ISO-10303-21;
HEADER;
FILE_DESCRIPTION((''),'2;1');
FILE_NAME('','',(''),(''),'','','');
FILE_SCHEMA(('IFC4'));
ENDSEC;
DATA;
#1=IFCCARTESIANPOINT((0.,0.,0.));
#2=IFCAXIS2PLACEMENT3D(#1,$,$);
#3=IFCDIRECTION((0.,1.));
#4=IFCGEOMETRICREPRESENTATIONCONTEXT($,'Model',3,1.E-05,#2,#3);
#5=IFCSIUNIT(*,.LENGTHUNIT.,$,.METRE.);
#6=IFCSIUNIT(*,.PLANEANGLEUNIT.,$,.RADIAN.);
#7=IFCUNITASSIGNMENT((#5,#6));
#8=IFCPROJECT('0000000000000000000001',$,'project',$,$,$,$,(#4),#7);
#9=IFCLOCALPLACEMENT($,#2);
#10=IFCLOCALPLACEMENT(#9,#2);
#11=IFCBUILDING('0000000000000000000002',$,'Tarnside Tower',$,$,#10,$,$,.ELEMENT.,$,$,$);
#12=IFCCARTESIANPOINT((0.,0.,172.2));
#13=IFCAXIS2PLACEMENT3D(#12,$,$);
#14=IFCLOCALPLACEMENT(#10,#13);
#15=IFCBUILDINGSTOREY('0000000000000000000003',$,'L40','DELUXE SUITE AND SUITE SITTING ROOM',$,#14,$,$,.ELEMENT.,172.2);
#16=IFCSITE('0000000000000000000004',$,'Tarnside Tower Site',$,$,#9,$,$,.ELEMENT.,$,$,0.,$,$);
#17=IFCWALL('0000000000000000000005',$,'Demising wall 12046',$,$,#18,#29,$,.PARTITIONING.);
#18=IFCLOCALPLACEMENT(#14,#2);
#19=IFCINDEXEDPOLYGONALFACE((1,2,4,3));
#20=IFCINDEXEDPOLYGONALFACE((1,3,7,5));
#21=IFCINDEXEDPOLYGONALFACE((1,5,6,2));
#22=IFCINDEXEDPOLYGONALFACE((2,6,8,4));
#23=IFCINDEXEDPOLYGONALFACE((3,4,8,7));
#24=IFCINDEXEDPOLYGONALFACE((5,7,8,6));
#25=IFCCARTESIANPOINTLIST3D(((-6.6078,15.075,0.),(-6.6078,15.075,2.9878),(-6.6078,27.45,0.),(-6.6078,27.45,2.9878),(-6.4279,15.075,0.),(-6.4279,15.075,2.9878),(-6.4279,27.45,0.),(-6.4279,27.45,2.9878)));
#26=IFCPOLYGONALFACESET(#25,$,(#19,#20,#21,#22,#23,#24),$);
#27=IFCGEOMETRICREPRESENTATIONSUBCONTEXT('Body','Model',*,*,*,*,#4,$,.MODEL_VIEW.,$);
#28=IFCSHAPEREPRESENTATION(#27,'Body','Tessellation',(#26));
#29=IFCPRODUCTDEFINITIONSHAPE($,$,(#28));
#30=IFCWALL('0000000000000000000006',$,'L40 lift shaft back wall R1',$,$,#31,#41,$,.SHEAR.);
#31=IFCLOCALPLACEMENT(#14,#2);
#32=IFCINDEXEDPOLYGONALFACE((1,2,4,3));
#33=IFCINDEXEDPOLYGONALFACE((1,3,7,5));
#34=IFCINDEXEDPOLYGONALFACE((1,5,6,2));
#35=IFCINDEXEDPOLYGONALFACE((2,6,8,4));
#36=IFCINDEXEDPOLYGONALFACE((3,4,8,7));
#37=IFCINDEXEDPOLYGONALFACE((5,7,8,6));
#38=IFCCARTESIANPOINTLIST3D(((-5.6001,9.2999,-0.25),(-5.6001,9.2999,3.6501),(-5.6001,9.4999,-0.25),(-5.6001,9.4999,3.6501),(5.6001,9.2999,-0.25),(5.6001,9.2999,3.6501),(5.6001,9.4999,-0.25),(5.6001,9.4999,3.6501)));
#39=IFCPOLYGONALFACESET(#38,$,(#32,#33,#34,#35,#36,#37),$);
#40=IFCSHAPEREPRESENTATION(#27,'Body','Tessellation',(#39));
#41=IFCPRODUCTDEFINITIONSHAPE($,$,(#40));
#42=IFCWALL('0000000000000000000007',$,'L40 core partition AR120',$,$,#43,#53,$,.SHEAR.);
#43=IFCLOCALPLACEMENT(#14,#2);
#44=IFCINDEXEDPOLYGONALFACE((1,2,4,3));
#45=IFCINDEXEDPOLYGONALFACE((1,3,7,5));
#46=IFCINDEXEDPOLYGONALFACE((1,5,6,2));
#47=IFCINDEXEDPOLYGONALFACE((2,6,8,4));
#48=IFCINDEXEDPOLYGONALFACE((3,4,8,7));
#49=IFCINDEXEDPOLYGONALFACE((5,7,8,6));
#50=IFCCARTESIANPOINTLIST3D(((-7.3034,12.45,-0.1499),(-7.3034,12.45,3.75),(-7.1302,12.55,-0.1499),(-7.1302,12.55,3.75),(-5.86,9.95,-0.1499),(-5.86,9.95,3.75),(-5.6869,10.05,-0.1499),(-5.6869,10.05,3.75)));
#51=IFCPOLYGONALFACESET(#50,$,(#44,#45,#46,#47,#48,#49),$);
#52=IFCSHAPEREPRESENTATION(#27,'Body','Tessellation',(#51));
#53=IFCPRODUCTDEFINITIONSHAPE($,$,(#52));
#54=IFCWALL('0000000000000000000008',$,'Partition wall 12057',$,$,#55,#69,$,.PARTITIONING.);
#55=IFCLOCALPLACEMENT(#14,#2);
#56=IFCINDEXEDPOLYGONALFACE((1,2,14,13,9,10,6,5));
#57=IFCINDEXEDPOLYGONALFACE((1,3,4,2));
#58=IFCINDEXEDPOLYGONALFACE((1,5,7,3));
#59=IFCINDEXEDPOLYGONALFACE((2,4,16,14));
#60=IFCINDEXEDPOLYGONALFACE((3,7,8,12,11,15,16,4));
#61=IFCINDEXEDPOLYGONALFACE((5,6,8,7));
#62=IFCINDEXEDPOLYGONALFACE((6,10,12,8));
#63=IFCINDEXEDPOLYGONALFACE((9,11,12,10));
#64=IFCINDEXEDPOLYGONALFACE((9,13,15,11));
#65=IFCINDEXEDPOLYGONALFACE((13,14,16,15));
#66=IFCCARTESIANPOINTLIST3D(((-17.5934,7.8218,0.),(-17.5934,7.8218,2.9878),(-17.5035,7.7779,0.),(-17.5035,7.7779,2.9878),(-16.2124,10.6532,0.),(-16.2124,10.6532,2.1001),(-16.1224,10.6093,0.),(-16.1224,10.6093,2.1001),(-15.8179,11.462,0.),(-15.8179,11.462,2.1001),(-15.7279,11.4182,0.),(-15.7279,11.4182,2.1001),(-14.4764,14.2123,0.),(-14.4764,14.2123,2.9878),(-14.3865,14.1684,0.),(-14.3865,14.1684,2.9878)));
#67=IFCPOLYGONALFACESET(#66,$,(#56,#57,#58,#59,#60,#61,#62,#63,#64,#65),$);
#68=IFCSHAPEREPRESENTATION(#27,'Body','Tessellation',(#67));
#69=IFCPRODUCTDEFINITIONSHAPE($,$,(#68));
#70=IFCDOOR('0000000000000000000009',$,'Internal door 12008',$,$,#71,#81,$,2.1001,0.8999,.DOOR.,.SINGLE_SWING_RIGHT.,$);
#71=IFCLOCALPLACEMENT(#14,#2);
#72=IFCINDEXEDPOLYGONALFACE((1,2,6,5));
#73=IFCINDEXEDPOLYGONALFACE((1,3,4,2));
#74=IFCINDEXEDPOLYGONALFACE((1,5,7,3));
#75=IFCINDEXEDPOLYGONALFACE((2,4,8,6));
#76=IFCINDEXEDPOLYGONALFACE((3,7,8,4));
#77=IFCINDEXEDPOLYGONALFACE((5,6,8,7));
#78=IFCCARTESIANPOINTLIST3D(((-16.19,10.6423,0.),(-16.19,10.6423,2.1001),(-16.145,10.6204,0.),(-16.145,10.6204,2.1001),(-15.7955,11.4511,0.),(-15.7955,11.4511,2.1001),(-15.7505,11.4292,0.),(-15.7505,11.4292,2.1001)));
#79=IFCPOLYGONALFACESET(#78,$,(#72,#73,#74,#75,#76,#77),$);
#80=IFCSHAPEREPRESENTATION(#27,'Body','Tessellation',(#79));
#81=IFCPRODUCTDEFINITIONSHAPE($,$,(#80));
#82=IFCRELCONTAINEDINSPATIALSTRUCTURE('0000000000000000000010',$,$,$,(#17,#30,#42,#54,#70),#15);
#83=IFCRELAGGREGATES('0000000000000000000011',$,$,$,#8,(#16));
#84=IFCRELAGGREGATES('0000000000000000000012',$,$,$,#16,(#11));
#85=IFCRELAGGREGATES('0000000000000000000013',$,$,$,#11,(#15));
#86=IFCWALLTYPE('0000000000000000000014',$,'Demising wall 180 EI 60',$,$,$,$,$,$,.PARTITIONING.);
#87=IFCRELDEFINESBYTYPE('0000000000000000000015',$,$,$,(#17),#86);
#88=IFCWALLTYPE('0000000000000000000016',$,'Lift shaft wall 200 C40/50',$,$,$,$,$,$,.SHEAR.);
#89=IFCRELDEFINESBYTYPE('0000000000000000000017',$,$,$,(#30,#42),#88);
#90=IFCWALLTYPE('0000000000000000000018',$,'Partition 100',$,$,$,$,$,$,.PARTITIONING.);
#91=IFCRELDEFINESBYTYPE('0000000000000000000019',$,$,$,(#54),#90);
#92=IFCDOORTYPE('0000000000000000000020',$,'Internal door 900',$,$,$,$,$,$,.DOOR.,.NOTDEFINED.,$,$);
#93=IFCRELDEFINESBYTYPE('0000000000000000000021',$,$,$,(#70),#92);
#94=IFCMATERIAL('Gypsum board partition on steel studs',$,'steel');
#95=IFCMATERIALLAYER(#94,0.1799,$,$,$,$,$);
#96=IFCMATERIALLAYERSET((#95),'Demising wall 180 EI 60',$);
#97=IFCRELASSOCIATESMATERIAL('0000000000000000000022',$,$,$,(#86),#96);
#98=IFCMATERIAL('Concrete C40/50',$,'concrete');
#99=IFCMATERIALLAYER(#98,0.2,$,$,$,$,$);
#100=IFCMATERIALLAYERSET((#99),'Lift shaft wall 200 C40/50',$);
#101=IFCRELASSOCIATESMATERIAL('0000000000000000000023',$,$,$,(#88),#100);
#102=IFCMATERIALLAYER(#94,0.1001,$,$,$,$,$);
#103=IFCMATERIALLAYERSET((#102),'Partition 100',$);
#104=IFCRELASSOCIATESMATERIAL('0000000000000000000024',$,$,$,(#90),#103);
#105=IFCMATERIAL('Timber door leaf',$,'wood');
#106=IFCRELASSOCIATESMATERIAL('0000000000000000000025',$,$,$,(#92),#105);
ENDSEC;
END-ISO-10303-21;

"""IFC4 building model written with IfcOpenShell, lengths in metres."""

from ifc_helpers import new_model, si_unit, direction, frame, frame_2d, origin, place, context, subcontext, project, spatial, rectangle, extrude, material, layer, layer_set, type_object, element, fill, save


model = new_model("IFC4")

# Units and contexts
model_context = context("Model", 3, precision=1e-05, world=origin(), true_north=direction((0.0, 1.0)))
body_context = subcontext(model_context, "Body", "Model", "MODEL_VIEW")
ifc_project = project(units=[si_unit("LENGTHUNIT", "METRE"), si_unit("PLANEANGLEUNIT", "RADIAN")], contexts=[model_context])

# Site, building, storey
site_placement = place(None, origin())
site = spatial("IfcSite", under=ifc_project, at=site_placement, Name="Tarnside Tower Site", CompositionType="ELEMENT", RefElevation=0.0)
building_placement = place(site_placement, origin())
building = spatial("IfcBuilding", under=site, at=building_placement, Name="Tarnside Tower", CompositionType="ELEMENT")
storey_placement = place(building_placement, frame((0.0, 0.0, 172.2)))
storey = spatial("IfcBuildingStorey", under=building, at=storey_placement, Name="L40", Description="DELUXE SUITE AND SUITE SITTING ROOM", CompositionType="ELEMENT", Elevation=172.2)

# Shared definitions
ifc_material_1 = material(Name="Gypsum board partition on steel studs", Category="steel")

# Shared definitions
ifc_material_2 = material(Name="Timber door leaf", Category="wood")

# Walls
ifc_layer_1 = layer(ifc_material_1, 0.1799)
ifc_layer_set_1 = layer_set([ifc_layer_1], Name="Demising wall 180 EI 60")
wall_type_1 = type_object("IfcWallType", Name="Demising wall 180 EI 60", PredefinedType="PARTITIONING", material=ifc_layer_set_1)
for number, where, z_axis, x_axis, name in (
    (1, (-6.5178, 27.45, 0.0), (0.0, 0.0, 1.0), (0.0, -1.0, 0.0), "Demising wall 12046"),
):
    element("IfcWall", number, at=place(storey_placement, frame(where, z_axis=z_axis, x_axis=x_axis)), inside=storey, type_object=wall_type_1, Name=name, PredefinedType="PARTITIONING", context=body_context, shape_type="SweptSolid", body=[
        extrude(rectangle(XDim=12.375, YDim=0.1799, at=frame_2d((6.1875, 0.0))), origin(), (0.0, 0.0, 1.0), 2.9878),
    ])
ifc_material_3 = material(Name="Concrete C40/50", Category="concrete")
ifc_layer_2 = layer(ifc_material_3, 0.2)
ifc_layer_set_2 = layer_set([ifc_layer_2], Name="Lift shaft wall 200 C40/50")
wall_type_2 = type_object("IfcWallType", Name="Lift shaft wall 200 C40/50", PredefinedType="SHEAR", material=ifc_layer_set_2)
wall_1_placement = place(storey_placement, frame((-5.6001, 9.3999, -0.25), z_axis=(0.0, 0.0, 1.0), x_axis=(1.0, 0.0, 0.0)))
element("IfcWall", 2, at=wall_1_placement, inside=storey, type_object=wall_type_2, Name="L40 lift shaft back wall R1", PredefinedType="SHEAR", context=body_context, shape_type="SweptSolid", body=[
    extrude(rectangle(XDim=11.2002, YDim=0.2, at=frame_2d((5.6001, 0.0))), origin(), (0.0, 0.0, 1.0), 3.9001),
])
wall_2_placement = place(storey_placement, frame((-5.7734, 10.0, -0.1499), z_axis=(0.0, 0.0, 1.0), x_axis=(-0.499996, 0.866028, 0.0)))
element("IfcWall", 3, at=wall_2_placement, inside=storey, type_object=wall_type_2, Name="L40 core partition AR120", PredefinedType="SHEAR", context=body_context, shape_type="SweptSolid", body=[
    extrude(rectangle(XDim=2.8867, YDim=0.2, at=frame_2d((1.4434, 0.0))), origin(), (0.0, 0.0, 1.0), 3.8999),
])

# Wall, opening, door
ifc_layer_3 = layer(ifc_material_1, 0.1001)
ifc_layer_set_3 = layer_set([ifc_layer_3], Name="Partition 100")
wall_type_3 = type_object("IfcWallType", Name="Partition 100", PredefinedType="PARTITIONING", material=ifc_layer_set_3)
wall_3_placement = place(storey_placement, frame((-14.4314, 14.1904, 0.0), z_axis=(0.0, 0.0, 1.0), x_axis=(-0.438388, -0.898786, 0.0)))
wall_3 = element("IfcWall", 4, at=wall_3_placement, inside=storey, type_object=wall_type_3, Name="Partition wall 12057", PredefinedType="PARTITIONING", context=body_context, shape_type="SweptSolid", body=[
    extrude(rectangle(XDim=7.1101, YDim=0.1001, at=frame_2d((3.5552, 0.0))), origin(), (0.0, 0.0, 1.0), 2.9878),
])
opening_1_placement = place(wall_3_placement, frame((3.0601, 0.0, 0.0)))
opening_1 = element("IfcOpeningElement", 5, at=opening_1_placement, cuts=wall_3, PredefinedType="OPENING", context=body_context, shape_type="SweptSolid", body=[
    extrude(rectangle(XDim=0.8999, YDim=2.1001, at=frame_2d((0.45, 1.05))), frame((0.0, 0.0601, 0.0), z_axis=(0.0, -1.0, 0.0), x_axis=(1.0, 0.0, 0.0)), (0.0, 0.0, 1.0), 0.1201),
])
door_type_1 = type_object("IfcDoorType", Name="Internal door 900", OperationType="NOTDEFINED", PredefinedType="DOOR", material=ifc_material_2)
door_1_placement = place(opening_1_placement, origin())
door_1 = element("IfcDoor", 6, at=door_1_placement, inside=storey, type_object=door_type_1, Name="Internal door 12008", OperationType="SINGLE_SWING_RIGHT", OverallHeight=2.1001, OverallWidth=0.8999, PredefinedType="DOOR", context=body_context, shape_type="SweptSolid", body=[
    extrude(rectangle(XDim=0.8999, YDim=2.1001, at=frame_2d((0.45, 1.05))), frame((0.0, 0.0249, 0.0), z_axis=(0.0, -1.0, 0.0), x_axis=(1.0, 0.0, 0.0)), (0.0, 0.0, 1.0), 0.05),
])
fill(opening_1, door_1)

save(model, "model.ifc")
